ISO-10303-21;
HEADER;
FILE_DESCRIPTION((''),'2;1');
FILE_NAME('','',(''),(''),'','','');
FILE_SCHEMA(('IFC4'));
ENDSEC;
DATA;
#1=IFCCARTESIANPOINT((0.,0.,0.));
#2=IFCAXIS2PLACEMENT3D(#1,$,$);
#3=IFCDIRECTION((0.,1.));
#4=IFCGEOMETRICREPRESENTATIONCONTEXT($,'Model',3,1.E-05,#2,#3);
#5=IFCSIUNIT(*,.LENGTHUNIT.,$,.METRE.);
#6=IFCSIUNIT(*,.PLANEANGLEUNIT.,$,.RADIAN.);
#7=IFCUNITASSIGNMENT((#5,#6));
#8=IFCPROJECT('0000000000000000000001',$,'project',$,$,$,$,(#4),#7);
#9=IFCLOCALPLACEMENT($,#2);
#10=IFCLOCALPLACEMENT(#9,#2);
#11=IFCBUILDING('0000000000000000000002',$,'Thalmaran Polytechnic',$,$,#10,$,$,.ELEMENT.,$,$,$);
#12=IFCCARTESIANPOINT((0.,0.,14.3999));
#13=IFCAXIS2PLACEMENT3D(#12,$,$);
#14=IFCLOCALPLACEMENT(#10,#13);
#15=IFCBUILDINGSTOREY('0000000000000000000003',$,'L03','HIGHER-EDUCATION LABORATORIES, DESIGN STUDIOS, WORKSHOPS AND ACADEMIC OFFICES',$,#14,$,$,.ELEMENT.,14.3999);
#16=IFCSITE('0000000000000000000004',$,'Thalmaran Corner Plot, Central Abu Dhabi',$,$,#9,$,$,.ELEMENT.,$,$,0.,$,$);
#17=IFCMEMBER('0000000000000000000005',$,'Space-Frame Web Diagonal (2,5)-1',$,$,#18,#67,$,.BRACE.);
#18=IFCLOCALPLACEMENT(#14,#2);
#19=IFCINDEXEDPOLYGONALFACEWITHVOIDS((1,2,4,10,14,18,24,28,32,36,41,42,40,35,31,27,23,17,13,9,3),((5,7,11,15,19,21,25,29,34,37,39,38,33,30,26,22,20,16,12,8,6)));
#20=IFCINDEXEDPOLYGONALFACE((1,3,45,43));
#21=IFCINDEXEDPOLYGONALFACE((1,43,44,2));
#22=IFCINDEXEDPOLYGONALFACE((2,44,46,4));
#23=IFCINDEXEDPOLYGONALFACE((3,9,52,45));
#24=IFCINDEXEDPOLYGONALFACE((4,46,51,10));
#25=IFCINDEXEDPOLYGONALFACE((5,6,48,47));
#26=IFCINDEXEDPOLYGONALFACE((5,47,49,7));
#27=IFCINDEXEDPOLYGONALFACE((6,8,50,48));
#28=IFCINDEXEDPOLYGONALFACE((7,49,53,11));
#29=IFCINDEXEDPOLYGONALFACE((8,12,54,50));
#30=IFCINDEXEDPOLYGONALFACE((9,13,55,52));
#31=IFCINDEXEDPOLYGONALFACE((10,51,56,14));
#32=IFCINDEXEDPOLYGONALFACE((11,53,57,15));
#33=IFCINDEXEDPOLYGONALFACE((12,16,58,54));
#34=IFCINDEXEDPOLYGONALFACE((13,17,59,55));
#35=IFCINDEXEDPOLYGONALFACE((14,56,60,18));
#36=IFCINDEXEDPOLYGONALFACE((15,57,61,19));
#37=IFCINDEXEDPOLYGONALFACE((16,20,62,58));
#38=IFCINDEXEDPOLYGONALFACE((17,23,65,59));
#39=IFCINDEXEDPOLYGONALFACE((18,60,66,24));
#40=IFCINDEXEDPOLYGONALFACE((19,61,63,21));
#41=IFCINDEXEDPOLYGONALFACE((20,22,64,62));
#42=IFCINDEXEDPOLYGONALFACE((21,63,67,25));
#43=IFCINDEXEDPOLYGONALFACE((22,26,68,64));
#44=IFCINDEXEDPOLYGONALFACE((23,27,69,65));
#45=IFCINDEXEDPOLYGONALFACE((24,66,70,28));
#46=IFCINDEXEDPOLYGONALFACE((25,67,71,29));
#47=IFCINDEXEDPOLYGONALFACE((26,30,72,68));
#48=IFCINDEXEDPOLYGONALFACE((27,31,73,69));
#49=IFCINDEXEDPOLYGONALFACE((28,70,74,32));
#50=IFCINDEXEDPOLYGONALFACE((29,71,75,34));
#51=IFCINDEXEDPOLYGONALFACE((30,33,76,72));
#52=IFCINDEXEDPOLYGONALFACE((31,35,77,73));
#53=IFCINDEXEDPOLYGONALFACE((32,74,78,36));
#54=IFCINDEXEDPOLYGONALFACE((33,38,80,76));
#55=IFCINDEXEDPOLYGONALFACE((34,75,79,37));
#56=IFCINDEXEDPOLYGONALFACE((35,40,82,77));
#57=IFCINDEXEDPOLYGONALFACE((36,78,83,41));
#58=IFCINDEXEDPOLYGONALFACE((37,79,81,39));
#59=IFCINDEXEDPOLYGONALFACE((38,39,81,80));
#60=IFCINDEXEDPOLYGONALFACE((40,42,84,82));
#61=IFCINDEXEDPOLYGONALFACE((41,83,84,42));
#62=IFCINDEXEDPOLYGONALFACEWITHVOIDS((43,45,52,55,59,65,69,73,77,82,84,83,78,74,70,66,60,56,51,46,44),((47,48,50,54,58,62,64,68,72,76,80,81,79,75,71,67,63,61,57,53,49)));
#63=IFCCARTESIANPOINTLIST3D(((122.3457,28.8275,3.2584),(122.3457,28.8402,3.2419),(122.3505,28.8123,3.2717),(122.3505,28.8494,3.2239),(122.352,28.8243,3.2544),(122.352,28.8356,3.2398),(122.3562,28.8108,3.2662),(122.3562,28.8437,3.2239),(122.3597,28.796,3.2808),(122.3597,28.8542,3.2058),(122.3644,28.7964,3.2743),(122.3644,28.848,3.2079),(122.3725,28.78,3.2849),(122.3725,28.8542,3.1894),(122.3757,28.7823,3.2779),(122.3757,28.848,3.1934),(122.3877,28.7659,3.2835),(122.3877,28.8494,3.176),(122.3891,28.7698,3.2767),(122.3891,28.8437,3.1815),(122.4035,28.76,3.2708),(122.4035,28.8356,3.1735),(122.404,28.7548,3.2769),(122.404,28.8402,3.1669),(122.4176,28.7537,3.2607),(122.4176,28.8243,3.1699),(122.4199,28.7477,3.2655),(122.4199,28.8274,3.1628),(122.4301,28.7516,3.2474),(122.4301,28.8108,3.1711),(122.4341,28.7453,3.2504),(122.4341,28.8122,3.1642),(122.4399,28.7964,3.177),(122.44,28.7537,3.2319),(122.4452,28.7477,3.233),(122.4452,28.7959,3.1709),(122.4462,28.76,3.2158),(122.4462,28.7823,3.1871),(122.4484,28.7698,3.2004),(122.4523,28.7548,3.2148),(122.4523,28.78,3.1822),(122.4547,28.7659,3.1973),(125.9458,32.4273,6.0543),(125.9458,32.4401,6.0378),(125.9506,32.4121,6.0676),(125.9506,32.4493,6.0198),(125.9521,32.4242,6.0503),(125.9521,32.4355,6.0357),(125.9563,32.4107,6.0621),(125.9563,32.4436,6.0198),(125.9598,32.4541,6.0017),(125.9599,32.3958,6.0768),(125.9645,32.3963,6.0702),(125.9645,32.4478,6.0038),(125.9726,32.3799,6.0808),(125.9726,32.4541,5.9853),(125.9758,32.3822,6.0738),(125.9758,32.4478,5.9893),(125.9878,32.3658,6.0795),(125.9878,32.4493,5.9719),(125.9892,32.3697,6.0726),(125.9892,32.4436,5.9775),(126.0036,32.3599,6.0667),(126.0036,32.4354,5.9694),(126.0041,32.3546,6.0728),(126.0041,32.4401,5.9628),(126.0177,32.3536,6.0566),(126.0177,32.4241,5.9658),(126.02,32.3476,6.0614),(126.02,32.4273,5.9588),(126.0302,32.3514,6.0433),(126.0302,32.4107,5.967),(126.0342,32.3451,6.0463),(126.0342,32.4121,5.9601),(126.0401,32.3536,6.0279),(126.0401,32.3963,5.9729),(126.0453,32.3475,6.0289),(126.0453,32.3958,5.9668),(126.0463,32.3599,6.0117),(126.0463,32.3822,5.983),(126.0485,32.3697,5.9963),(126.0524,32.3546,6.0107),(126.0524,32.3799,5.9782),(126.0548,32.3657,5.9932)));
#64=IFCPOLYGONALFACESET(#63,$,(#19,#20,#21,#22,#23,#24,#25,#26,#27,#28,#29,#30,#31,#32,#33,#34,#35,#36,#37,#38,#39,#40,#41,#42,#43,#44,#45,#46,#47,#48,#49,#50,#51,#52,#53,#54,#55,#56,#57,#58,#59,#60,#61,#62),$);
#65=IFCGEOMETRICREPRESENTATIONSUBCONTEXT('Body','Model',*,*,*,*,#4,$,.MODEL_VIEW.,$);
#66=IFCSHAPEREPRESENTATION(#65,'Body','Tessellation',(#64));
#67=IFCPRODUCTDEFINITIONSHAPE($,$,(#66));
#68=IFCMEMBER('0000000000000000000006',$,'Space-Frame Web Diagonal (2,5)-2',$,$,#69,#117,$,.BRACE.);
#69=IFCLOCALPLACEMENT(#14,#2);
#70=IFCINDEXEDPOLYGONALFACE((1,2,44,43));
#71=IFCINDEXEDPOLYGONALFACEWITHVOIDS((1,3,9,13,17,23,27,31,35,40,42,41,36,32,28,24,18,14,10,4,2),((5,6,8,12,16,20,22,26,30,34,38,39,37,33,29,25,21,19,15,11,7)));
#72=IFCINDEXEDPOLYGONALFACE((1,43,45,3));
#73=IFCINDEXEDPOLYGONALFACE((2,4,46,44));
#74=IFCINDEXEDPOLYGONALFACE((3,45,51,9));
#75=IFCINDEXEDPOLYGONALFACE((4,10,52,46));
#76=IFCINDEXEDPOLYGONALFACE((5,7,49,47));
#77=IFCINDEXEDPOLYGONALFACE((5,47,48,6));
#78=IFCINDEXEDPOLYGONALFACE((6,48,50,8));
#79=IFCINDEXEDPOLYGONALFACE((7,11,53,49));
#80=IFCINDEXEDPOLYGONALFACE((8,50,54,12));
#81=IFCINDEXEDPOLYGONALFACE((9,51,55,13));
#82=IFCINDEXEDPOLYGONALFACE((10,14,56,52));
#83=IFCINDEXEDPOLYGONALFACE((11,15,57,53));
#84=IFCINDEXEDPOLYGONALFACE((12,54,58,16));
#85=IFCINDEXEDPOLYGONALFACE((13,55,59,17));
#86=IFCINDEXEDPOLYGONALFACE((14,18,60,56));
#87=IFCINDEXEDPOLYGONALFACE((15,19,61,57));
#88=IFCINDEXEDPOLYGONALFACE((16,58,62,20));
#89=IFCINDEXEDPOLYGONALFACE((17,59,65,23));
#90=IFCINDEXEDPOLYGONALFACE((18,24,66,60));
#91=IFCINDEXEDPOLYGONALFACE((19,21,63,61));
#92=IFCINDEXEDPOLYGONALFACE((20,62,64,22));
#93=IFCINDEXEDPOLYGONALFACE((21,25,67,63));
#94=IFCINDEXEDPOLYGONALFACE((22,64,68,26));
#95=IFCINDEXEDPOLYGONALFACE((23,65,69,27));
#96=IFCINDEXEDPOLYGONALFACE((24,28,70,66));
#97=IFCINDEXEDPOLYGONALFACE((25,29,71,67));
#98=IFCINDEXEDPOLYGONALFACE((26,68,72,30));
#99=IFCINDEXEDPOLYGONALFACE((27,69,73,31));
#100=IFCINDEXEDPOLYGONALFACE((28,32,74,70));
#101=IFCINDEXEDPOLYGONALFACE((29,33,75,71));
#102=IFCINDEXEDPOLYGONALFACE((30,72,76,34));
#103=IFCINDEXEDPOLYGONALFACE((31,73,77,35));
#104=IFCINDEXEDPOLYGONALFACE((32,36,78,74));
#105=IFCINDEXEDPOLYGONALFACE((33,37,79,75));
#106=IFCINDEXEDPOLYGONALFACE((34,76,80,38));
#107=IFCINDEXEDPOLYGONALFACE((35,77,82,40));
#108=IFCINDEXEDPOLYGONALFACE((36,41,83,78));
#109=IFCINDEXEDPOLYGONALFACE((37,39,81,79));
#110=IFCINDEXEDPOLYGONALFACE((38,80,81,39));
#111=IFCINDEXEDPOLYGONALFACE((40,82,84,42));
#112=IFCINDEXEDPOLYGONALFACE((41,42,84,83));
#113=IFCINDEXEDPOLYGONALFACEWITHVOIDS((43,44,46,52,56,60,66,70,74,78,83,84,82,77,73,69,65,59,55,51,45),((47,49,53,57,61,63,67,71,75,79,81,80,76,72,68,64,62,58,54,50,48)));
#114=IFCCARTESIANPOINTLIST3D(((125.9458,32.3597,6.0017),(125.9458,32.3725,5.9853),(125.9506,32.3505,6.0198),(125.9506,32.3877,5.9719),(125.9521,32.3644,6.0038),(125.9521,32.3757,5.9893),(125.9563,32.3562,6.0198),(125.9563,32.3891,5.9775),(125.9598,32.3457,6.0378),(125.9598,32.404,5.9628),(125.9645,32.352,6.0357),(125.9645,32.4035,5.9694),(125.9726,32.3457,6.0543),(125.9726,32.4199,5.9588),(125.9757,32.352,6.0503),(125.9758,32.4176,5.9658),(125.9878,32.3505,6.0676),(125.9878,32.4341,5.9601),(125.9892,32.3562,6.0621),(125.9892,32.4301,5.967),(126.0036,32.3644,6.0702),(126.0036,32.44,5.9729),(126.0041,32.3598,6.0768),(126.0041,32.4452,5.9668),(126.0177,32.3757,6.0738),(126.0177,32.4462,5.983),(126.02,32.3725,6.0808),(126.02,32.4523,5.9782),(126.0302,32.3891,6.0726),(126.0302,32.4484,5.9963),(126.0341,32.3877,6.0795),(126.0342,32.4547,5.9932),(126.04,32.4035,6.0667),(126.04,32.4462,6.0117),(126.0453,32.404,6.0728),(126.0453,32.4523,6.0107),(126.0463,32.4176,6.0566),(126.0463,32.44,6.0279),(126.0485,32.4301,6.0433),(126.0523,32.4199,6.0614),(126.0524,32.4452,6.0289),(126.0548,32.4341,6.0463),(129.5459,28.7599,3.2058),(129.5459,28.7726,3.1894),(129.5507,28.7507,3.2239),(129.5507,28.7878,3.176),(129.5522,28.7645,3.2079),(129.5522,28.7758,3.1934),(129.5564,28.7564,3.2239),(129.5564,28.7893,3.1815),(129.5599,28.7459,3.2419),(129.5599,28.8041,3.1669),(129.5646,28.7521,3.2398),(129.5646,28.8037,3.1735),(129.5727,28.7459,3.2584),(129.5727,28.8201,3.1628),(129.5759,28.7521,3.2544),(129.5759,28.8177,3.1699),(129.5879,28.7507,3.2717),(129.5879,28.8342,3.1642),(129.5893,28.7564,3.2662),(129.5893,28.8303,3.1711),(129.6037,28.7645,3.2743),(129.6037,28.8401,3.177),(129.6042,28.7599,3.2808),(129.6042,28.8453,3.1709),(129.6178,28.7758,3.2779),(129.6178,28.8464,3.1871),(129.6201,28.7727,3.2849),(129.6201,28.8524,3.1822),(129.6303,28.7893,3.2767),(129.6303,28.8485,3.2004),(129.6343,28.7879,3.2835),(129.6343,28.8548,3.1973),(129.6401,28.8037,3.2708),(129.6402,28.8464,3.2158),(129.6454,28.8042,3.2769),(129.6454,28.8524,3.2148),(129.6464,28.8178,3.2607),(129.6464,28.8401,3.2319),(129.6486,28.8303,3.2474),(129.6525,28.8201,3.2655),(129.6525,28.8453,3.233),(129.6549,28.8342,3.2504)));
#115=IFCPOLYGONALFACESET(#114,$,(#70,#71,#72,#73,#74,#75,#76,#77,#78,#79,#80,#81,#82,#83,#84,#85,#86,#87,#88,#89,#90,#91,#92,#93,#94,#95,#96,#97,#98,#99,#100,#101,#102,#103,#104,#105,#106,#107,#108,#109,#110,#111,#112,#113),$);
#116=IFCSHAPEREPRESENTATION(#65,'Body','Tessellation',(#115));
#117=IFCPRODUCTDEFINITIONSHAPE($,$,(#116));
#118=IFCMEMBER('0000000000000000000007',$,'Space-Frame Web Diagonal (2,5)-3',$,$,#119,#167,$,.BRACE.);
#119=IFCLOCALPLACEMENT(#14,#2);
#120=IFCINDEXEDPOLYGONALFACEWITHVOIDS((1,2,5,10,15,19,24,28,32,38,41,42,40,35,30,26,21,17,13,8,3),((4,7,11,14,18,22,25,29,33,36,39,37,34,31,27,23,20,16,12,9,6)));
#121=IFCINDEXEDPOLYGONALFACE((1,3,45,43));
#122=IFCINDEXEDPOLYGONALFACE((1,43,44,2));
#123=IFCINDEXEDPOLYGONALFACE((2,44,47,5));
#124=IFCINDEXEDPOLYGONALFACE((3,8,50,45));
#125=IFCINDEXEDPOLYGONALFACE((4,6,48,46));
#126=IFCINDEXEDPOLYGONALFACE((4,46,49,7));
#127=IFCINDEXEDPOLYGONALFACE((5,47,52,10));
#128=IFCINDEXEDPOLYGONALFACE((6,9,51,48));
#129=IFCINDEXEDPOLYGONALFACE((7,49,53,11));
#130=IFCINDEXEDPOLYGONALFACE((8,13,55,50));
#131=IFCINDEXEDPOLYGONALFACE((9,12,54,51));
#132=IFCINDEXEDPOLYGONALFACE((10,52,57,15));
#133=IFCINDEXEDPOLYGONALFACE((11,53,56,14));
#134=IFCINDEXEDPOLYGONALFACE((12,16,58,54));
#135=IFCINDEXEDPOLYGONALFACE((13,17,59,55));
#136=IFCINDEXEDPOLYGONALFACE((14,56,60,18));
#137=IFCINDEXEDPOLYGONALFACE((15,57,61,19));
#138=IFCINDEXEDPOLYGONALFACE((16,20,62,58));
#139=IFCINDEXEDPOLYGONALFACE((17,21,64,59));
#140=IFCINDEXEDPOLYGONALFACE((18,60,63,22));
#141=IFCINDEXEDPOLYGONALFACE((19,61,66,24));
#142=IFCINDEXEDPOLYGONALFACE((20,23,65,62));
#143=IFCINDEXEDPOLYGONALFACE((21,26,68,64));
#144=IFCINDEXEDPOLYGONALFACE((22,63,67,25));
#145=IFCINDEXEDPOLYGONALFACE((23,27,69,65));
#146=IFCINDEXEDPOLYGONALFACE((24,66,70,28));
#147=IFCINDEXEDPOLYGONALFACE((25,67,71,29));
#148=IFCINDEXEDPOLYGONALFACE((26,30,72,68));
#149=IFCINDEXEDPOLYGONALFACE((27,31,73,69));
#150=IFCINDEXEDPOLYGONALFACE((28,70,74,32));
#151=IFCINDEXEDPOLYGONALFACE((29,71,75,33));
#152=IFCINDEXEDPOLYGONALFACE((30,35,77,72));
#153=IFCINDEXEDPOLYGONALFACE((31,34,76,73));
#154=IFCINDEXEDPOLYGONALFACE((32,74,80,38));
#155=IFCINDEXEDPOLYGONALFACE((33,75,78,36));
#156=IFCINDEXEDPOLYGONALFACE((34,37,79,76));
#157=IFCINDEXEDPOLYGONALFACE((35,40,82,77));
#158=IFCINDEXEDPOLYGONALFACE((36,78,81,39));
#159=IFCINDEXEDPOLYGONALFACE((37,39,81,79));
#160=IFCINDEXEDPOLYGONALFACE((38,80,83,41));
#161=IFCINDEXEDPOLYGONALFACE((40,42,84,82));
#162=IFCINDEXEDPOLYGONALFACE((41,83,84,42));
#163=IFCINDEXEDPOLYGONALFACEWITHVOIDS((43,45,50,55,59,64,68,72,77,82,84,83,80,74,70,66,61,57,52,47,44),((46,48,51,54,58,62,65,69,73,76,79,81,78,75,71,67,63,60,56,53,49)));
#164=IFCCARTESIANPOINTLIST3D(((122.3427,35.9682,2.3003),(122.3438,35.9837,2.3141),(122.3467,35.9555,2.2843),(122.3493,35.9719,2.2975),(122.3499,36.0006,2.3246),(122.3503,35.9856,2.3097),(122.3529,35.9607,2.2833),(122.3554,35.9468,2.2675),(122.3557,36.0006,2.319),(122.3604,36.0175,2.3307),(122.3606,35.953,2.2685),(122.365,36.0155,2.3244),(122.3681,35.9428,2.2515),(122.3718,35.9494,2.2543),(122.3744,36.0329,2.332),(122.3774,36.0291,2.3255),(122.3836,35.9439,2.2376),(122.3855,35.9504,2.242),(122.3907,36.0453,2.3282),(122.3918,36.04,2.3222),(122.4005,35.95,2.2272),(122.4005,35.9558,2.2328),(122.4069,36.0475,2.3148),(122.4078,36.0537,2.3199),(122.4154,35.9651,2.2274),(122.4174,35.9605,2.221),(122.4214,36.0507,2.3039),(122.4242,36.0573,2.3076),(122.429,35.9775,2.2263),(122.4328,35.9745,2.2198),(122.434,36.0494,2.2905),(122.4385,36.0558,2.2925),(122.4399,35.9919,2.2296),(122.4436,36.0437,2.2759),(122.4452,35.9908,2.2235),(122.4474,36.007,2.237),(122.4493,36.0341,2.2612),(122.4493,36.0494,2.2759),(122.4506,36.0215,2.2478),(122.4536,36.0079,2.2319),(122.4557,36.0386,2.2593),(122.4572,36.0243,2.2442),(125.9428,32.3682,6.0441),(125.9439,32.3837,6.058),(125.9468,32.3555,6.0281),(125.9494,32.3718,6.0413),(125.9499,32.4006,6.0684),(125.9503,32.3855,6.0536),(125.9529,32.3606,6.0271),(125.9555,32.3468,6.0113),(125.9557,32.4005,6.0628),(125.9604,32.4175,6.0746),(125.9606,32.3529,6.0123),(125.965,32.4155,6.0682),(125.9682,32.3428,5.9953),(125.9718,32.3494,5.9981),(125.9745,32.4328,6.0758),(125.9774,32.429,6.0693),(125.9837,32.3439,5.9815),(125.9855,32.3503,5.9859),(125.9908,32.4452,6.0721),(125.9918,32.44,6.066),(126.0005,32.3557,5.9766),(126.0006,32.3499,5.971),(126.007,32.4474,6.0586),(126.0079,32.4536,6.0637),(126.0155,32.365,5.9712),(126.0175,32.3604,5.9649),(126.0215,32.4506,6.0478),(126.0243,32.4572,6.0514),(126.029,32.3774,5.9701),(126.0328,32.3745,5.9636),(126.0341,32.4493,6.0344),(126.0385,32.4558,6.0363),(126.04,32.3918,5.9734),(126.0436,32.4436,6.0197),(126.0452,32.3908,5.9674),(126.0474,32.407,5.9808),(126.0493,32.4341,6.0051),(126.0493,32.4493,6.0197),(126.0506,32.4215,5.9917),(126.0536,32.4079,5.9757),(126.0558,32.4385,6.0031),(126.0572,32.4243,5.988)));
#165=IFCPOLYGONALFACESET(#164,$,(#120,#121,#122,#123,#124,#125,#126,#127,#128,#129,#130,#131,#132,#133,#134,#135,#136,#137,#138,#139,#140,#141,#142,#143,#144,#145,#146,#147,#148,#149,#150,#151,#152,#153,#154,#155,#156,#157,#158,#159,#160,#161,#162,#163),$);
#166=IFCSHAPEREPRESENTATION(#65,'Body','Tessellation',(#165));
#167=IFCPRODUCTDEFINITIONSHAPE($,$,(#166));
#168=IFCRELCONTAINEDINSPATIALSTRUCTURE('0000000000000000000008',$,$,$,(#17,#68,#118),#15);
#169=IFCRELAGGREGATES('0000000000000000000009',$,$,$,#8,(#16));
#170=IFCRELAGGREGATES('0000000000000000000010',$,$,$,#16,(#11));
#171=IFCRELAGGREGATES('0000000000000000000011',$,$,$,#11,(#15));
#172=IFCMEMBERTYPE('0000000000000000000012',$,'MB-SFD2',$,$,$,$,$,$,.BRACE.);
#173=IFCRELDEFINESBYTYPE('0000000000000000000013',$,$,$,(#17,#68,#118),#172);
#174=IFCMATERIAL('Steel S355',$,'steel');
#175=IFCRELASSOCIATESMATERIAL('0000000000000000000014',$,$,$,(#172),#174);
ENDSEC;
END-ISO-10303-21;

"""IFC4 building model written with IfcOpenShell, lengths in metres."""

from ifc_helpers import new_model, si_unit, direction, frame, origin, origin_2d, place, context, subcontext, project, spatial, hollow_circle, extrude, material, material_profile, profile_set, type_object, element, save


model = new_model("IFC4")

# Units and contexts
model_context = context("Model", 3, precision=1e-05, world=origin(), true_north=direction((0.0, 1.0)))
body_context = subcontext(model_context, "Body", "Model", "MODEL_VIEW")
ifc_project = project(units=[si_unit("LENGTHUNIT", "METRE"), si_unit("PLANEANGLEUNIT", "RADIAN")], contexts=[model_context])

# Site, building, storey
site_placement = place(None, origin())
site = spatial("IfcSite", under=ifc_project, at=site_placement, Name="Thalmaran Corner Plot, Central Abu Dhabi", CompositionType="ELEMENT", RefElevation=0.0)
building_placement = place(site_placement, origin())
building = spatial("IfcBuilding", under=site, at=building_placement, Name="Thalmaran Polytechnic", CompositionType="ELEMENT")
storey_placement = place(building_placement, frame((0.0, 0.0, 14.3999)))
storey = spatial("IfcBuildingStorey", under=building, at=storey_placement, Name="L03", Description="HIGHER-EDUCATION LABORATORIES, DESIGN STUDIOS, WORKSHOPS AND ACADEMIC OFFICES", CompositionType="ELEMENT", Elevation=14.3999)

# Members
ifc_material = material(Name="Steel S355", Category="steel")
ifc_material_profile_1 = material_profile(ifc_material, hollow_circle(Radius=0.0698, WallThickness=0.0081, at=origin_2d()), Name="CHS 139.7x8.0")
ifc_profile_set_1 = profile_set([ifc_material_profile_1], Name="Steel S355")
member_type_1 = type_object("IfcMemberType", Name="MB-SFD2", PredefinedType="BRACE", material=ifc_profile_set_1)
for number, where, z_axis, x_axis, name in (
    (1, (122.3999, 28.8, 3.2239), (0.619816, 0.619774, 0.48136), (-0.707083, 0.707131, 0.0), "Space-Frame Web Diagonal (2,5)-1"),
    (2, (129.6001, 28.8, 3.2239), (-0.619816, 0.619774, 0.48136), (-0.707083, -0.707131, 0.0), "Space-Frame Web Diagonal (2,5)-2"),
):
    element("IfcMember", number, at=place(storey_placement, frame(where, z_axis=z_axis, x_axis=x_axis)), inside=storey, type_object=member_type_1, Name=name, PredefinedType="BRACE", context=body_context, shape_type="SweptSolid", body=[
        extrude(hollow_circle(Radius=0.0698, WallThickness=0.0081, at=origin_2d()), origin(), (0.0, 0.0, 1.0), 5.8083),
    ])
member_1_placement = place(storey_placement, frame((122.3999, 36.0, 2.2759), z_axis=(0.569666, -0.569666, 0.59242), x_axis=(0.707107, 0.707107, 0.0)))
element("IfcMember", 3, at=member_1_placement, inside=storey, type_object=member_type_1, Name="Space-Frame Web Diagonal (2,5)-3", PredefinedType="BRACE", context=body_context, shape_type="SweptSolid", body=[
    extrude(hollow_circle(Radius=0.0698, WallThickness=0.0081, at=origin_2d()), origin(), (0.0, 0.0, 1.0), 6.3196),
])

save(model, "model.ifc")
